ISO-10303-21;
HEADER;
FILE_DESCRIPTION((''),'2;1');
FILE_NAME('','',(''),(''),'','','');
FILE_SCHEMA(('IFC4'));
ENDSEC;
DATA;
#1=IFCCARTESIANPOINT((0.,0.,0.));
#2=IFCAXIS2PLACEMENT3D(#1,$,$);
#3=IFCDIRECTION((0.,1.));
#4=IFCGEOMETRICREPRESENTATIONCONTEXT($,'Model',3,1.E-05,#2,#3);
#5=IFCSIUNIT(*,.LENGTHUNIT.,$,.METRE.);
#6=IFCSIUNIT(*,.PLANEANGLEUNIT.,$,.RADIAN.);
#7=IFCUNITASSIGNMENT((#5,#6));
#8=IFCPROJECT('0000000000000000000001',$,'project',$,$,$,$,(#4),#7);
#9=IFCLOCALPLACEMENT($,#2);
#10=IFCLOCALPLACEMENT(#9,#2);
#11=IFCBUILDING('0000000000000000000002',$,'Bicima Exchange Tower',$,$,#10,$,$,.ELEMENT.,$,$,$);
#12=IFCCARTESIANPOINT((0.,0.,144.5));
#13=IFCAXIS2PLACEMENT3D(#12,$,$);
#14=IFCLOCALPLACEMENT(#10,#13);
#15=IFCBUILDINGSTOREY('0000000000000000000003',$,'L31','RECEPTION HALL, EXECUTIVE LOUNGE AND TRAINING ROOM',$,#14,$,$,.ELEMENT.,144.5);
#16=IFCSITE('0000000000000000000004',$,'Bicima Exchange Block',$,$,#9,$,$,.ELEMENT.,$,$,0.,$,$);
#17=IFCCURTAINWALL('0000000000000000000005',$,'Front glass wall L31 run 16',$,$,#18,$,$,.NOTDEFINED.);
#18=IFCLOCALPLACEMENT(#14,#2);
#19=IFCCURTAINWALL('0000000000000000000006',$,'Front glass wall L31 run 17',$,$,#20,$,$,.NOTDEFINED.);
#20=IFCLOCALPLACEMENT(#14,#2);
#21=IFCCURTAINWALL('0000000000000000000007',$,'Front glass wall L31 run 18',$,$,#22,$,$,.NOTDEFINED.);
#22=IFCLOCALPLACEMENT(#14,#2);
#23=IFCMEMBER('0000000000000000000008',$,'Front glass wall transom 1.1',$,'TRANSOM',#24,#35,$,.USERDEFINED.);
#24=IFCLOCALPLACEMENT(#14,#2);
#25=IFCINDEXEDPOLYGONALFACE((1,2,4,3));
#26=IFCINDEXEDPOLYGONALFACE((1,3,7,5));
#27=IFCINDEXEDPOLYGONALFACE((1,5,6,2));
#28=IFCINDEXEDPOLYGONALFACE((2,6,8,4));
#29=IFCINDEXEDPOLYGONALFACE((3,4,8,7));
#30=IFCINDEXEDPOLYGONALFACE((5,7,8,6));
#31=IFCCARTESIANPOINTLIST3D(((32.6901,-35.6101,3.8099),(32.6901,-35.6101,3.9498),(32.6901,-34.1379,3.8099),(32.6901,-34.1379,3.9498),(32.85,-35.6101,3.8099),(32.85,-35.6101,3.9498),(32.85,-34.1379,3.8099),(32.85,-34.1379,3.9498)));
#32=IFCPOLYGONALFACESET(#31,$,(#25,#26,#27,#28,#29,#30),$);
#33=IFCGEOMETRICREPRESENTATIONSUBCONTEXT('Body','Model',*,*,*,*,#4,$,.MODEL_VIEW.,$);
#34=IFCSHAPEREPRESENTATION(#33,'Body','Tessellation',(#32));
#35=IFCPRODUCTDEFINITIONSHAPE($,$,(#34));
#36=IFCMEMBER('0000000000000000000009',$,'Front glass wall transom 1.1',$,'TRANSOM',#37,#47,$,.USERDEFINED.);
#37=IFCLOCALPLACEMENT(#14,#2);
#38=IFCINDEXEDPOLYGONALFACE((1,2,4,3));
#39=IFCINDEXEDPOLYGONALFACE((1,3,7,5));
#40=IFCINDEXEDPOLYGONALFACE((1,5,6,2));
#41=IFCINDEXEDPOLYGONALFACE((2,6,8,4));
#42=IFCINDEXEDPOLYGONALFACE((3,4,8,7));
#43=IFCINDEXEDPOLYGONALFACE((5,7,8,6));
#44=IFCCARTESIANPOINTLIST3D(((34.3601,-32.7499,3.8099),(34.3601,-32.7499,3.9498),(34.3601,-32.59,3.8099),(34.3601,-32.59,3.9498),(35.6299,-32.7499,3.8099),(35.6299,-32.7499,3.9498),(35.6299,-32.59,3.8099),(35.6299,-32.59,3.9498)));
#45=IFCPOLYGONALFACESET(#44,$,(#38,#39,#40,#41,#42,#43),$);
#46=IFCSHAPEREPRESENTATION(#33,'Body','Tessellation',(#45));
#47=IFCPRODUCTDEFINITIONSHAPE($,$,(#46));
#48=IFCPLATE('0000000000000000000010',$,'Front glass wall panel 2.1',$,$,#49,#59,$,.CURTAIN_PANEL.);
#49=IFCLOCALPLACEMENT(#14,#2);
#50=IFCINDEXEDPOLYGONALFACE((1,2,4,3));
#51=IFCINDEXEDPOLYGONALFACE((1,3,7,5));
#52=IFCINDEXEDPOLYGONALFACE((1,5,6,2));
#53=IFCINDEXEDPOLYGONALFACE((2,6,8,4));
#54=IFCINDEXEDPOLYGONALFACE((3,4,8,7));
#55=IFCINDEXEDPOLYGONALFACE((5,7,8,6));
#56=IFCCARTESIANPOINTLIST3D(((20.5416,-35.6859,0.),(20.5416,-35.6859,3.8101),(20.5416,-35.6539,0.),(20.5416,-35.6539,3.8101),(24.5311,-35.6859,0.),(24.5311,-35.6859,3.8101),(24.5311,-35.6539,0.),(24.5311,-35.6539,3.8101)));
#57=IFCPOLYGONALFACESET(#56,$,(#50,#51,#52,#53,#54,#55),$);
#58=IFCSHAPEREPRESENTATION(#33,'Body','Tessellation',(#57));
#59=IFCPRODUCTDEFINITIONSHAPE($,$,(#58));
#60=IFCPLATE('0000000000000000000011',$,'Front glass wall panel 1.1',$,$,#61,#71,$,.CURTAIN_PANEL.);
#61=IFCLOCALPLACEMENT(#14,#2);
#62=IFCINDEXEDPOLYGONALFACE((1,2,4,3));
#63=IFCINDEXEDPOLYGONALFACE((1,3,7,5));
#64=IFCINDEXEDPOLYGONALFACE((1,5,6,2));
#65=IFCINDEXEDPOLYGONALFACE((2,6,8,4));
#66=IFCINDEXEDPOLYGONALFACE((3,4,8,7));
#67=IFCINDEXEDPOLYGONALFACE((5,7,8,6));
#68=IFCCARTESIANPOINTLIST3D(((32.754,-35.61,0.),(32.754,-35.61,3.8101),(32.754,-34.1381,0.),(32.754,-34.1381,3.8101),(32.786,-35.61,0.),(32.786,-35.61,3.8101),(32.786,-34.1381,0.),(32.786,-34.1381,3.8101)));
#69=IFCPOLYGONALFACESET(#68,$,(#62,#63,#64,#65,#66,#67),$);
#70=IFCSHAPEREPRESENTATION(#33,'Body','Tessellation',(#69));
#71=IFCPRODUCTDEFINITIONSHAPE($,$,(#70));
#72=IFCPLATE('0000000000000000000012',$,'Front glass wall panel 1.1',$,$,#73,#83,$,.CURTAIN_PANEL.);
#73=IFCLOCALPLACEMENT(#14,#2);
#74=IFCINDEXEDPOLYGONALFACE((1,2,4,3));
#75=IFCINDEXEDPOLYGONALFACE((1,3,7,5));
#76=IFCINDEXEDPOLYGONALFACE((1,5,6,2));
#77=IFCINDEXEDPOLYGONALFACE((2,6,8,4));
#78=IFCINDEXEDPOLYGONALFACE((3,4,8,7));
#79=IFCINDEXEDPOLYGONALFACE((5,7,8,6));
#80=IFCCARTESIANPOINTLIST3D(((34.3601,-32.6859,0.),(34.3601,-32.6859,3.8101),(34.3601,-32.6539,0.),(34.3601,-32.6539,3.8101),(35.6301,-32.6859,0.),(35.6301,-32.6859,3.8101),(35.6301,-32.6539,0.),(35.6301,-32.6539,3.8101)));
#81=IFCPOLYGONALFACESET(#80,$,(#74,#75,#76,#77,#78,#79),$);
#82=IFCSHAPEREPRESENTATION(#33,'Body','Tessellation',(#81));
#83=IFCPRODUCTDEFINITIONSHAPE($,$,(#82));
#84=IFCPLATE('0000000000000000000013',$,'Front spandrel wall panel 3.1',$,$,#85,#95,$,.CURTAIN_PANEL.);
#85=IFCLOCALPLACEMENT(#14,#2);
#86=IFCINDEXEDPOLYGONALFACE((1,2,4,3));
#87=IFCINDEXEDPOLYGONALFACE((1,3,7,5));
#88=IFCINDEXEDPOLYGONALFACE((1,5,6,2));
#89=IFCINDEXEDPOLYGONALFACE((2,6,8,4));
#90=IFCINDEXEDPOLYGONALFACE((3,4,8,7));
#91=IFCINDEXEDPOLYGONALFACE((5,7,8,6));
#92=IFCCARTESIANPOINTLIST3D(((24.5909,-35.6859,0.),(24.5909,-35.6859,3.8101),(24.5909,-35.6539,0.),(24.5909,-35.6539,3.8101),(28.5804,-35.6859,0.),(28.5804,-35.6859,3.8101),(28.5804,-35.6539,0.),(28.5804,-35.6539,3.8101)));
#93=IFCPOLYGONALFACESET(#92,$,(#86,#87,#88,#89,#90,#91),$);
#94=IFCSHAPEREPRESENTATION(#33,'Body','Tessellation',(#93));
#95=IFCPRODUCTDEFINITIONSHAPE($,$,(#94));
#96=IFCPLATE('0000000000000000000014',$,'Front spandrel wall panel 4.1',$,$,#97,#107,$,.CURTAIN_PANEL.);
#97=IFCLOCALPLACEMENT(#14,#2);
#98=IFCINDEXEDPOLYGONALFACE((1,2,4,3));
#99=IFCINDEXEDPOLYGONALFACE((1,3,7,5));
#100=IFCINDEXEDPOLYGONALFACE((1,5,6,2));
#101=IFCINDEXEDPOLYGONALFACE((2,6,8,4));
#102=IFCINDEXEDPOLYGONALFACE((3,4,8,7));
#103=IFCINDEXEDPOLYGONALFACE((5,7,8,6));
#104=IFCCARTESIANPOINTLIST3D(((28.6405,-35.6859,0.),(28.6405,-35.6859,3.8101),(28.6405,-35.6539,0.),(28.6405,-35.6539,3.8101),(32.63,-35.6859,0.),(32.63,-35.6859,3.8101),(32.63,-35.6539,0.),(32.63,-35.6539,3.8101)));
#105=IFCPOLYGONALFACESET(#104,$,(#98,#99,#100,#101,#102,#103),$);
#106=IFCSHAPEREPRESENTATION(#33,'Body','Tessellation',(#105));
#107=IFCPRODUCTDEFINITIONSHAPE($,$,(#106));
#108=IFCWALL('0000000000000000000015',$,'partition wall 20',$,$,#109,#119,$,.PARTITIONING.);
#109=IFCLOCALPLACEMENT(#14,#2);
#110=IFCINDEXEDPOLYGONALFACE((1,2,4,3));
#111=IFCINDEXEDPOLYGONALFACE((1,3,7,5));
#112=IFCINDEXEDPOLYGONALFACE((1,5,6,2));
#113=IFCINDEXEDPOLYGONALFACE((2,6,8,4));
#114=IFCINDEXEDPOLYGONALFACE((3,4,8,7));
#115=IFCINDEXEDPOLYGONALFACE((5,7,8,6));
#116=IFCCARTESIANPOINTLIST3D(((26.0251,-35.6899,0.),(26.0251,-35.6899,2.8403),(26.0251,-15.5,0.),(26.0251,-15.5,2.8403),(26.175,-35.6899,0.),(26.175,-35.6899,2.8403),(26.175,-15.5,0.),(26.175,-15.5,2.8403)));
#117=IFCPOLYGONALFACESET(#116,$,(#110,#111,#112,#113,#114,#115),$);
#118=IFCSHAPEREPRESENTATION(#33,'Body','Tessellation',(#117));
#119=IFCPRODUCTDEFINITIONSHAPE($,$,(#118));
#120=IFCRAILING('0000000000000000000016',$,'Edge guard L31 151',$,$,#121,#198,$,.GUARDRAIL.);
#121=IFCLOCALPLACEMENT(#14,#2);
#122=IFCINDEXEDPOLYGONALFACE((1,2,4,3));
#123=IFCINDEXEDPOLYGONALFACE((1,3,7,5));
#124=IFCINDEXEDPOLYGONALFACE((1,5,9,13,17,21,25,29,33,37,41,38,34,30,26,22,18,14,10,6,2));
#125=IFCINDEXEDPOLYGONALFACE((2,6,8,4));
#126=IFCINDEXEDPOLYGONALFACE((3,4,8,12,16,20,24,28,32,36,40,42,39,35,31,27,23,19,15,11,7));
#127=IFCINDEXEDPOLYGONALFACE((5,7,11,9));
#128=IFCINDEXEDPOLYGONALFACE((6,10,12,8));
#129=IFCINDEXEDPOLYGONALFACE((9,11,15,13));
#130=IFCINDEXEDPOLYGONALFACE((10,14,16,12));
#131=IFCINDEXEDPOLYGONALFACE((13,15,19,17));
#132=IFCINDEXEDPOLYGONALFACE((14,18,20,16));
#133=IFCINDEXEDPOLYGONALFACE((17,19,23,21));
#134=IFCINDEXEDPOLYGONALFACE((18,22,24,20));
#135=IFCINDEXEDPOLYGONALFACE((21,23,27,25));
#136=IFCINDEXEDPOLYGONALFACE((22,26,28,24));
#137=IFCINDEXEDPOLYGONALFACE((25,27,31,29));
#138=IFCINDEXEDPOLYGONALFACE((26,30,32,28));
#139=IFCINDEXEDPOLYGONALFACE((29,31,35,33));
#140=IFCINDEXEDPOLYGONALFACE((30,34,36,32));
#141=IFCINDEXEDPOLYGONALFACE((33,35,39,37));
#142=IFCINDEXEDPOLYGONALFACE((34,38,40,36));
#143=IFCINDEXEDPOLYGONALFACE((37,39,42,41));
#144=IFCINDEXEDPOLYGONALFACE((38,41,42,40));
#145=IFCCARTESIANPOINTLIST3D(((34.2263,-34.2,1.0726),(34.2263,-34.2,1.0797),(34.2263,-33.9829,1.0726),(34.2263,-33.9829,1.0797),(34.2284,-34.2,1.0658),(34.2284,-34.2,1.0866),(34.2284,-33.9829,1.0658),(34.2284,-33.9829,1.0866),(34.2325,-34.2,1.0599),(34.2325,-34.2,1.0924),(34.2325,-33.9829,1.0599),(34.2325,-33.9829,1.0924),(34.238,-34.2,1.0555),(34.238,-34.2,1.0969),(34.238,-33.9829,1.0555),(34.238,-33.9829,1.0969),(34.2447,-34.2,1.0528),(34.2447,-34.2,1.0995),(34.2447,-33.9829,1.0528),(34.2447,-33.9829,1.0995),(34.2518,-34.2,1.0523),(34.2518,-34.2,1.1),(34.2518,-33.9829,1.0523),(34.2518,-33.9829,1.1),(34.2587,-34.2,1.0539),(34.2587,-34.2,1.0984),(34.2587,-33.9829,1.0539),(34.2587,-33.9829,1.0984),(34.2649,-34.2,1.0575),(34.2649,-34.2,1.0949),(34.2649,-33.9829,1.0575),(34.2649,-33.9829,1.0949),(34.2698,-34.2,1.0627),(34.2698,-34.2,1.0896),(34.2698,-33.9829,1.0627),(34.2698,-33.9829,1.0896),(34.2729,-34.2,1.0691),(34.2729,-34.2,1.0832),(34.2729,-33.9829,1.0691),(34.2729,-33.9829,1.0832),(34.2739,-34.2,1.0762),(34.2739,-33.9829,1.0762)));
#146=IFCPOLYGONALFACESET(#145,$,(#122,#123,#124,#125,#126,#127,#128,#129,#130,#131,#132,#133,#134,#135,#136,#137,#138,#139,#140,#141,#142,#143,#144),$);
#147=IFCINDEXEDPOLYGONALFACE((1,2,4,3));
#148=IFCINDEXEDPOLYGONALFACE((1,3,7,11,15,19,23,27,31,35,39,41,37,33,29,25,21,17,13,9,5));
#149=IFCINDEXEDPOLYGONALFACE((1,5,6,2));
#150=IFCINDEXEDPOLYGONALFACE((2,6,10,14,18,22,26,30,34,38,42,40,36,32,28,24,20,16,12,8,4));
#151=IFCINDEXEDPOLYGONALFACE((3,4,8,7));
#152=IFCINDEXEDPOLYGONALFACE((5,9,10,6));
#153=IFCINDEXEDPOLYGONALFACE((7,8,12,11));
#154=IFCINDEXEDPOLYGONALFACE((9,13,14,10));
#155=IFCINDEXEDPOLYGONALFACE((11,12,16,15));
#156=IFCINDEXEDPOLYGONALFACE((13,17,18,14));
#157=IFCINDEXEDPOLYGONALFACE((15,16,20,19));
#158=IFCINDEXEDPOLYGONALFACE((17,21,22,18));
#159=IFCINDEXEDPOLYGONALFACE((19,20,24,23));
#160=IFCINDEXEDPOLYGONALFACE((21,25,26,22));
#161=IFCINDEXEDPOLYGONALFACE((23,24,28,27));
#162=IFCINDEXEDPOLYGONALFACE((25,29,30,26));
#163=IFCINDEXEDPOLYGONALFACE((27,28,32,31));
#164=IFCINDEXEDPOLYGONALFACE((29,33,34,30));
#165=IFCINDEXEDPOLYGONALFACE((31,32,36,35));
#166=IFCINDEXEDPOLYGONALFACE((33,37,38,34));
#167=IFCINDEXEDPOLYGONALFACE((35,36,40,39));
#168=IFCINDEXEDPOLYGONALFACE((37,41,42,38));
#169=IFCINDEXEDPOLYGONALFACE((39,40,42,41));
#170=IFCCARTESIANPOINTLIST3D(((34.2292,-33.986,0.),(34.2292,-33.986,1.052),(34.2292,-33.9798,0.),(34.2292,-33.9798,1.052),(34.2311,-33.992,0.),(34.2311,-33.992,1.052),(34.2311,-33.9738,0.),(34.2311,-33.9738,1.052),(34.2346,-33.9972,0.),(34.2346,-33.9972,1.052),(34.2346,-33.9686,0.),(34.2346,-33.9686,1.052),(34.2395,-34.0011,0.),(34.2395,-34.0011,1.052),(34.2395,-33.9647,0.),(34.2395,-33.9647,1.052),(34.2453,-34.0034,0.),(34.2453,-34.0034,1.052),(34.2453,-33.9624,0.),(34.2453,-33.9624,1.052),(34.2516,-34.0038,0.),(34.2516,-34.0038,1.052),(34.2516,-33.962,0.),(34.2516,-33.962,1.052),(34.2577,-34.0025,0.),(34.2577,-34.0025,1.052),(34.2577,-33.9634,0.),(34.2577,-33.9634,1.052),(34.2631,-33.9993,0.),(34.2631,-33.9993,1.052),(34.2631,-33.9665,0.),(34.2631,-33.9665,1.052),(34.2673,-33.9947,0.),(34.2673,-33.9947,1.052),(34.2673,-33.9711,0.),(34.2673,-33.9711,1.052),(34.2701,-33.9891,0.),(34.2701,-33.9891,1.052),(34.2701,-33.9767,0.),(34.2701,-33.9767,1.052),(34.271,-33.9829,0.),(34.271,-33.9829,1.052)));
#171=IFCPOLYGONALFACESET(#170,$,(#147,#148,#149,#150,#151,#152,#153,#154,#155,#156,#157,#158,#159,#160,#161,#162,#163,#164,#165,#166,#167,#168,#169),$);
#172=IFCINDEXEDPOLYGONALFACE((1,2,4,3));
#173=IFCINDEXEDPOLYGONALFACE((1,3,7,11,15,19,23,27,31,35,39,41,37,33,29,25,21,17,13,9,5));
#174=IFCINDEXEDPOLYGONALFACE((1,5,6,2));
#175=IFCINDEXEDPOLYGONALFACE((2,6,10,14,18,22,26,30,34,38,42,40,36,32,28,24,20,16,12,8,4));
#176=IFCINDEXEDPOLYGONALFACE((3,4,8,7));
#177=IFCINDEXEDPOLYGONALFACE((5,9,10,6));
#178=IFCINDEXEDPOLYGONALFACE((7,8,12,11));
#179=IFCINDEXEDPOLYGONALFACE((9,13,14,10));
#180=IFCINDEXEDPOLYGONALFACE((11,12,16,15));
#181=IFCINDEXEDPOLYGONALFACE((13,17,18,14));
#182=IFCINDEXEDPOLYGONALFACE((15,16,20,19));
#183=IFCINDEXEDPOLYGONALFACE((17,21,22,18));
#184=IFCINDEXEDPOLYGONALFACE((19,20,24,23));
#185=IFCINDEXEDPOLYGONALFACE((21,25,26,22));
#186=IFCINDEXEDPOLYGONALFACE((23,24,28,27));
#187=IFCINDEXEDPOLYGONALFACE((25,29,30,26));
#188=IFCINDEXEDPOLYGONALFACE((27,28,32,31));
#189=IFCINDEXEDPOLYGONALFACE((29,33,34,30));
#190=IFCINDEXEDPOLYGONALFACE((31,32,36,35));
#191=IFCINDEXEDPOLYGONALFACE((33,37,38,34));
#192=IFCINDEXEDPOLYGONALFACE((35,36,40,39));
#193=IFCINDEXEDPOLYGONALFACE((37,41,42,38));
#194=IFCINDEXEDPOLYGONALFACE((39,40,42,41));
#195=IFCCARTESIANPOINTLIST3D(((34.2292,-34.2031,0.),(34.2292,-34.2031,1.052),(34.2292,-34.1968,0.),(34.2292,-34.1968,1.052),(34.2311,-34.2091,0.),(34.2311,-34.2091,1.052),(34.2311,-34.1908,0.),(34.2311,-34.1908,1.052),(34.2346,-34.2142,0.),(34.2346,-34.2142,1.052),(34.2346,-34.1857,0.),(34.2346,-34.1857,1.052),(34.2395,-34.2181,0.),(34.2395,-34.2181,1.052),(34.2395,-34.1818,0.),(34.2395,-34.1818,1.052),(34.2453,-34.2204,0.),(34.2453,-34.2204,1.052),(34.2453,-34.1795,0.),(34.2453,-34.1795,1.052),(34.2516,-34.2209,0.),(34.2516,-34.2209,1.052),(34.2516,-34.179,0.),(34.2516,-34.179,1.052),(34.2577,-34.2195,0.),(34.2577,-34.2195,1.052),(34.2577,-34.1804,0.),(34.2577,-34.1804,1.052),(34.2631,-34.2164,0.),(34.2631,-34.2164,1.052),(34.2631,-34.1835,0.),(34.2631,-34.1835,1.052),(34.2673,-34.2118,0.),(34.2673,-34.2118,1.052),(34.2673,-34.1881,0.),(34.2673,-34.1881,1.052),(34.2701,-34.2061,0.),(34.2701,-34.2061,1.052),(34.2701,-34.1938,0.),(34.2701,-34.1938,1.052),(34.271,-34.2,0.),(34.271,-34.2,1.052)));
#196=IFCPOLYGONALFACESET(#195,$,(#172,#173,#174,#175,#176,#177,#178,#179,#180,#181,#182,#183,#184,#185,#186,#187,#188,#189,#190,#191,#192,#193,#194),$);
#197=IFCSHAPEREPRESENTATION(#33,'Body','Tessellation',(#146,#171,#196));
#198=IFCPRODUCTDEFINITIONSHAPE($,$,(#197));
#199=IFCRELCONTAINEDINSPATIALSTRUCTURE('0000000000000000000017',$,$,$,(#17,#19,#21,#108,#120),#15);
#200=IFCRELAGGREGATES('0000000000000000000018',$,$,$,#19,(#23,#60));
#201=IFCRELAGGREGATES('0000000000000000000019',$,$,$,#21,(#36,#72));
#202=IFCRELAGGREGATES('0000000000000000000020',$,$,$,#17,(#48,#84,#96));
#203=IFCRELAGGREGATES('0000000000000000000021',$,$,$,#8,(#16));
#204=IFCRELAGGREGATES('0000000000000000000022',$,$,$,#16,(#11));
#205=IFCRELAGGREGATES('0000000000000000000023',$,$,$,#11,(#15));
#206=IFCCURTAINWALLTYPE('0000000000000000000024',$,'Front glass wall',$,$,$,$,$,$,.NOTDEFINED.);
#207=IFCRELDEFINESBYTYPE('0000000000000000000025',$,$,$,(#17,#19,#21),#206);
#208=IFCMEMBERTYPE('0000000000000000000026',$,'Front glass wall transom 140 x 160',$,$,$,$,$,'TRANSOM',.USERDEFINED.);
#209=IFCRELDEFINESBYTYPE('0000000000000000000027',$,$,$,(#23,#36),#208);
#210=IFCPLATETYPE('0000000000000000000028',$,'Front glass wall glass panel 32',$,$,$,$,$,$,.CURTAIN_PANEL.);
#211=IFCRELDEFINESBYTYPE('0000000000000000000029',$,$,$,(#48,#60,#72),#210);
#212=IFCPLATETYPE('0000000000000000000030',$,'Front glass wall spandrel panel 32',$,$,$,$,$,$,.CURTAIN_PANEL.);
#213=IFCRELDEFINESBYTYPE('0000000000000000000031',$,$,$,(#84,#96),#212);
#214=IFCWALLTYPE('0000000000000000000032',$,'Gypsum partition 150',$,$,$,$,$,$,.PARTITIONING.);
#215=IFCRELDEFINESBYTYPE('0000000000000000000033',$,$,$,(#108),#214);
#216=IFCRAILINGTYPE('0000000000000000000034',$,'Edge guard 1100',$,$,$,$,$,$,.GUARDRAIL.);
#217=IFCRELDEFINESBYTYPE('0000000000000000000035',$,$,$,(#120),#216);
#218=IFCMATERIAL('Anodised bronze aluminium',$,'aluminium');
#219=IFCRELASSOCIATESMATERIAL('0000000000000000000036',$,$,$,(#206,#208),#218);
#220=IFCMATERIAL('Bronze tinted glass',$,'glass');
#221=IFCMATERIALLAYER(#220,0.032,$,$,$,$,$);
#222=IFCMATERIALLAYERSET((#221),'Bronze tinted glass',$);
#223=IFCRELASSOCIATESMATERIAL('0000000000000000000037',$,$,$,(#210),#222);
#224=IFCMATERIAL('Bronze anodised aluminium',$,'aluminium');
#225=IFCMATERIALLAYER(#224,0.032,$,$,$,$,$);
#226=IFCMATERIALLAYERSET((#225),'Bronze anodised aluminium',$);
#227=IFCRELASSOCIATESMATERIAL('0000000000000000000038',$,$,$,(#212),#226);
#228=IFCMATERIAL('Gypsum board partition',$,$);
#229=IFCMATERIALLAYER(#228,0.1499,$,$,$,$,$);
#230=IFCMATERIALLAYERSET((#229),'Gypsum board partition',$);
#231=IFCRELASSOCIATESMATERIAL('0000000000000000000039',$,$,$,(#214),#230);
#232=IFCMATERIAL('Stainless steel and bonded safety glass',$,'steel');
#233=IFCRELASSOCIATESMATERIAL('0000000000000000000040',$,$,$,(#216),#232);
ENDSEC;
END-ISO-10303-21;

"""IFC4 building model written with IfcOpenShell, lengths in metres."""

from ifc_helpers import new_model, si_unit, direction, frame, frame_2d, origin, origin_2d, place, context, subcontext, project, spatial, rectangle, circle, extrude, material, layer, layer_set, material_profile, profile_set, type_object, element, aggregate, save


model = new_model("IFC4")

# Units and contexts
model_context = context("Model", 3, precision=1e-05, world=origin(), true_north=direction((0.0, 1.0)))
body_context = subcontext(model_context, "Body", "Model", "MODEL_VIEW")
ifc_project = project(units=[si_unit("LENGTHUNIT", "METRE"), si_unit("PLANEANGLEUNIT", "RADIAN")], contexts=[model_context])

# Site, building, storey
site_placement = place(None, origin())
site = spatial("IfcSite", under=ifc_project, at=site_placement, Name="Bicima Exchange Block", CompositionType="ELEMENT", RefElevation=0.0)
building_placement = place(site_placement, origin())
building = spatial("IfcBuilding", under=site, at=building_placement, Name="Bicima Exchange Tower", CompositionType="ELEMENT")
storey_placement = place(building_placement, frame((0.0, 0.0, 144.5)))
storey = spatial("IfcBuildingStorey", under=building, at=storey_placement, Name="L31", Description="RECEPTION HALL, EXECUTIVE LOUNGE AND TRAINING ROOM", CompositionType="ELEMENT", Elevation=144.5)

# Curtain walls
ifc_material_1 = material(Name="Anodised bronze aluminium", Category="aluminium")
curtain_wall_type = type_object("IfcCurtainWallType", Name="Front glass wall", PredefinedType="NOTDEFINED", material=ifc_material_1)
curtain_wall_1_placement = place(storey_placement, origin())
curtain_wall_1 = element("IfcCurtainWall", 1, at=curtain_wall_1_placement, inside=storey, type_object=curtain_wall_type, Name="Front glass wall L31 run 16", PredefinedType="NOTDEFINED")
curtain_wall_2_placement = place(storey_placement, origin())
curtain_wall_2 = element("IfcCurtainWall", 2, at=curtain_wall_2_placement, inside=storey, type_object=curtain_wall_type, Name="Front glass wall L31 run 17", PredefinedType="NOTDEFINED")

# Curtain wall
curtain_wall_3_placement = place(storey_placement, origin())
curtain_wall_3 = element("IfcCurtainWall", 3, at=curtain_wall_3_placement, inside=storey, type_object=curtain_wall_type, Name="Front glass wall L31 run 18", PredefinedType="NOTDEFINED")

# Members
ifc_material_profile_1 = material_profile(ifc_material_1, rectangle(XDim=0.1599, YDim=0.1399, at=origin_2d()))
ifc_profile_set_1 = profile_set([ifc_material_profile_1], Name="Anodised bronze aluminium")
member_type_1 = type_object("IfcMemberType", Name="Front glass wall transom 140 x 160", ElementType="TRANSOM", PredefinedType="USERDEFINED", material=ifc_profile_set_1)
member_1_placement = place(storey_placement, frame((32.77, -35.6101, 3.8799), z_axis=(0.0, 1.0, 0.0), x_axis=(-1.0, 0.0, 0.0)))
member_1 = element("IfcMember", 4, at=member_1_placement, type_object=member_type_1, Name="Front glass wall transom 1.1", ObjectType="TRANSOM", PredefinedType="USERDEFINED", context=body_context, shape_type="SweptSolid", body=[
    extrude(rectangle(XDim=0.1599, YDim=0.1399, at=origin_2d()), origin(), (0.0, 0.0, 1.0), 1.4722),
])
member_2_placement = place(storey_placement, frame((34.3601, -32.6699, 3.8799), z_axis=(1.0, 0.0, 0.0), x_axis=(0.0, 1.0, 0.0)))
member_2 = element("IfcMember", 5, at=member_2_placement, type_object=member_type_1, Name="Front glass wall transom 1.1", ObjectType="TRANSOM", PredefinedType="USERDEFINED", context=body_context, shape_type="SweptSolid", body=[
    extrude(rectangle(XDim=0.1599, YDim=0.1399, at=origin_2d()), origin(), (0.0, 0.0, 1.0), 1.2698),
])

# Plates
ifc_material_2 = material(Name="Bronze tinted glass", Category="glass")
ifc_layer_1 = layer(ifc_material_2, 0.032)
ifc_layer_set_1 = layer_set([ifc_layer_1], Name="Bronze tinted glass")
plate_type_1 = type_object("IfcPlateType", Name="Front glass wall glass panel 32", PredefinedType="CURTAIN_PANEL", material=ifc_layer_set_1)
plate_1_placement = place(storey_placement, frame((22.5364, -35.6699, 0.0), z_axis=(0.0, 0.0, 1.0), x_axis=(1.0, 0.0, 0.0)))
plate_1 = element("IfcPlate", 6, at=plate_1_placement, type_object=plate_type_1, Name="Front glass wall panel 2.1", PredefinedType="CURTAIN_PANEL", context=body_context, shape_type="SweptSolid", body=[
    extrude(rectangle(XDim=3.9895, YDim=0.032, at=origin_2d()), origin(), (0.0, 0.0, 1.0), 3.8101),
])
plate_2_placement = place(storey_placement, frame((32.77, -34.874, 0.0), z_axis=(0.0, 0.0, 1.0), x_axis=(0.0, 1.0, 0.0)))
plate_2 = element("IfcPlate", 7, at=plate_2_placement, type_object=plate_type_1, Name="Front glass wall panel 1.1", PredefinedType="CURTAIN_PANEL", context=body_context, shape_type="SweptSolid", body=[
    extrude(rectangle(XDim=1.4719, YDim=0.032, at=origin_2d()), origin(), (0.0, 0.0, 1.0), 3.8101),
])
aggregate(curtain_wall_2, [member_1, plate_2])
plate_3_placement = place(storey_placement, frame((34.9951, -32.6699, 0.0), z_axis=(0.0, 0.0, 1.0), x_axis=(1.0, 0.0, 0.0)))
plate_3 = element("IfcPlate", 8, at=plate_3_placement, type_object=plate_type_1, Name="Front glass wall panel 1.1", PredefinedType="CURTAIN_PANEL", context=body_context, shape_type="SweptSolid", body=[
    extrude(rectangle(XDim=1.27, YDim=0.032, at=origin_2d()), origin(), (0.0, 0.0, 1.0), 3.8101),
])
aggregate(curtain_wall_3, [member_2, plate_3])
ifc_material_3 = material(Name="Bronze anodised aluminium", Category="aluminium")
ifc_layer_2 = layer(ifc_material_3, 0.032)
ifc_layer_set_2 = layer_set([ifc_layer_2], Name="Bronze anodised aluminium")
plate_type_2 = type_object("IfcPlateType", Name="Front glass wall spandrel panel 32", PredefinedType="CURTAIN_PANEL", material=ifc_layer_set_2)
plate_4_placement = place(storey_placement, frame((26.5857, -35.6699, 0.0), z_axis=(0.0, 0.0, 1.0), x_axis=(1.0, 0.0, 0.0)))
plate_4 = element("IfcPlate", 9, at=plate_4_placement, type_object=plate_type_2, Name="Front spandrel wall panel 3.1", PredefinedType="CURTAIN_PANEL", context=body_context, shape_type="SweptSolid", body=[
    extrude(rectangle(XDim=3.9895, YDim=0.032, at=origin_2d()), origin(), (0.0, 0.0, 1.0), 3.8101),
])
plate_5_placement = place(storey_placement, frame((30.6353, -35.6699, 0.0), z_axis=(0.0, 0.0, 1.0), x_axis=(1.0, 0.0, 0.0)))
plate_5 = element("IfcPlate", 10, at=plate_5_placement, type_object=plate_type_2, Name="Front spandrel wall panel 4.1", PredefinedType="CURTAIN_PANEL", context=body_context, shape_type="SweptSolid", body=[
    extrude(rectangle(XDim=3.9895, YDim=0.032, at=origin_2d()), origin(), (0.0, 0.0, 1.0), 3.8101),
])
aggregate(curtain_wall_1, [plate_1, plate_4, plate_5])

# Wall
ifc_material_4 = material(Name="Gypsum board partition")
ifc_layer_3 = layer(ifc_material_4, 0.1499)
ifc_layer_set_3 = layer_set([ifc_layer_3], Name="Gypsum board partition")
wall_type = type_object("IfcWallType", Name="Gypsum partition 150", PredefinedType="PARTITIONING", material=ifc_layer_set_3)
wall_placement = place(storey_placement, frame((26.1001, -35.6899, 0.0), z_axis=(0.0, 0.0, 1.0), x_axis=(0.0, 1.0, 0.0)))
element("IfcWall", 11, at=wall_placement, inside=storey, type_object=wall_type, Name="partition wall 20", PredefinedType="PARTITIONING", context=body_context, shape_type="SweptSolid", body=[
    extrude(rectangle(XDim=20.1899, YDim=0.1499, at=frame_2d((10.095, 0.0))), origin(), (0.0, 0.0, 1.0), 2.8403),
])

# Railing
ifc_material_5 = material(Name="Stainless steel and bonded safety glass", Category="steel")
railing_type = type_object("IfcRailingType", Name="Edge guard 1100", PredefinedType="GUARDRAIL", material=ifc_material_5)
railing_1_placement = place(storey_placement, frame((34.25, -33.9829, 0.0)))
element("IfcRailing", 12, at=railing_1_placement, inside=storey, type_object=railing_type, Name="Edge guard L31 151", PredefinedType="GUARDRAIL", context=body_context, shape_type="SweptSolid", body=[
    extrude(circle(Radius=0.0239, at=origin_2d()), frame((0.0, 0.0, 1.0762), z_axis=(0.0, -1.0, 0.0), x_axis=(1.0, 0.0, 0.0)), (0.0, 0.0, 1.0), 0.217),
    extrude(circle(Radius=0.021, at=origin_2d()), origin(), (0.0, 0.0, 1.0), 1.052),
    extrude(circle(Radius=0.021, at=origin_2d()), frame((0.0, -0.217, 0.0)), (0.0, 0.0, 1.0), 1.052),
])

save(model, "model.ifc")
